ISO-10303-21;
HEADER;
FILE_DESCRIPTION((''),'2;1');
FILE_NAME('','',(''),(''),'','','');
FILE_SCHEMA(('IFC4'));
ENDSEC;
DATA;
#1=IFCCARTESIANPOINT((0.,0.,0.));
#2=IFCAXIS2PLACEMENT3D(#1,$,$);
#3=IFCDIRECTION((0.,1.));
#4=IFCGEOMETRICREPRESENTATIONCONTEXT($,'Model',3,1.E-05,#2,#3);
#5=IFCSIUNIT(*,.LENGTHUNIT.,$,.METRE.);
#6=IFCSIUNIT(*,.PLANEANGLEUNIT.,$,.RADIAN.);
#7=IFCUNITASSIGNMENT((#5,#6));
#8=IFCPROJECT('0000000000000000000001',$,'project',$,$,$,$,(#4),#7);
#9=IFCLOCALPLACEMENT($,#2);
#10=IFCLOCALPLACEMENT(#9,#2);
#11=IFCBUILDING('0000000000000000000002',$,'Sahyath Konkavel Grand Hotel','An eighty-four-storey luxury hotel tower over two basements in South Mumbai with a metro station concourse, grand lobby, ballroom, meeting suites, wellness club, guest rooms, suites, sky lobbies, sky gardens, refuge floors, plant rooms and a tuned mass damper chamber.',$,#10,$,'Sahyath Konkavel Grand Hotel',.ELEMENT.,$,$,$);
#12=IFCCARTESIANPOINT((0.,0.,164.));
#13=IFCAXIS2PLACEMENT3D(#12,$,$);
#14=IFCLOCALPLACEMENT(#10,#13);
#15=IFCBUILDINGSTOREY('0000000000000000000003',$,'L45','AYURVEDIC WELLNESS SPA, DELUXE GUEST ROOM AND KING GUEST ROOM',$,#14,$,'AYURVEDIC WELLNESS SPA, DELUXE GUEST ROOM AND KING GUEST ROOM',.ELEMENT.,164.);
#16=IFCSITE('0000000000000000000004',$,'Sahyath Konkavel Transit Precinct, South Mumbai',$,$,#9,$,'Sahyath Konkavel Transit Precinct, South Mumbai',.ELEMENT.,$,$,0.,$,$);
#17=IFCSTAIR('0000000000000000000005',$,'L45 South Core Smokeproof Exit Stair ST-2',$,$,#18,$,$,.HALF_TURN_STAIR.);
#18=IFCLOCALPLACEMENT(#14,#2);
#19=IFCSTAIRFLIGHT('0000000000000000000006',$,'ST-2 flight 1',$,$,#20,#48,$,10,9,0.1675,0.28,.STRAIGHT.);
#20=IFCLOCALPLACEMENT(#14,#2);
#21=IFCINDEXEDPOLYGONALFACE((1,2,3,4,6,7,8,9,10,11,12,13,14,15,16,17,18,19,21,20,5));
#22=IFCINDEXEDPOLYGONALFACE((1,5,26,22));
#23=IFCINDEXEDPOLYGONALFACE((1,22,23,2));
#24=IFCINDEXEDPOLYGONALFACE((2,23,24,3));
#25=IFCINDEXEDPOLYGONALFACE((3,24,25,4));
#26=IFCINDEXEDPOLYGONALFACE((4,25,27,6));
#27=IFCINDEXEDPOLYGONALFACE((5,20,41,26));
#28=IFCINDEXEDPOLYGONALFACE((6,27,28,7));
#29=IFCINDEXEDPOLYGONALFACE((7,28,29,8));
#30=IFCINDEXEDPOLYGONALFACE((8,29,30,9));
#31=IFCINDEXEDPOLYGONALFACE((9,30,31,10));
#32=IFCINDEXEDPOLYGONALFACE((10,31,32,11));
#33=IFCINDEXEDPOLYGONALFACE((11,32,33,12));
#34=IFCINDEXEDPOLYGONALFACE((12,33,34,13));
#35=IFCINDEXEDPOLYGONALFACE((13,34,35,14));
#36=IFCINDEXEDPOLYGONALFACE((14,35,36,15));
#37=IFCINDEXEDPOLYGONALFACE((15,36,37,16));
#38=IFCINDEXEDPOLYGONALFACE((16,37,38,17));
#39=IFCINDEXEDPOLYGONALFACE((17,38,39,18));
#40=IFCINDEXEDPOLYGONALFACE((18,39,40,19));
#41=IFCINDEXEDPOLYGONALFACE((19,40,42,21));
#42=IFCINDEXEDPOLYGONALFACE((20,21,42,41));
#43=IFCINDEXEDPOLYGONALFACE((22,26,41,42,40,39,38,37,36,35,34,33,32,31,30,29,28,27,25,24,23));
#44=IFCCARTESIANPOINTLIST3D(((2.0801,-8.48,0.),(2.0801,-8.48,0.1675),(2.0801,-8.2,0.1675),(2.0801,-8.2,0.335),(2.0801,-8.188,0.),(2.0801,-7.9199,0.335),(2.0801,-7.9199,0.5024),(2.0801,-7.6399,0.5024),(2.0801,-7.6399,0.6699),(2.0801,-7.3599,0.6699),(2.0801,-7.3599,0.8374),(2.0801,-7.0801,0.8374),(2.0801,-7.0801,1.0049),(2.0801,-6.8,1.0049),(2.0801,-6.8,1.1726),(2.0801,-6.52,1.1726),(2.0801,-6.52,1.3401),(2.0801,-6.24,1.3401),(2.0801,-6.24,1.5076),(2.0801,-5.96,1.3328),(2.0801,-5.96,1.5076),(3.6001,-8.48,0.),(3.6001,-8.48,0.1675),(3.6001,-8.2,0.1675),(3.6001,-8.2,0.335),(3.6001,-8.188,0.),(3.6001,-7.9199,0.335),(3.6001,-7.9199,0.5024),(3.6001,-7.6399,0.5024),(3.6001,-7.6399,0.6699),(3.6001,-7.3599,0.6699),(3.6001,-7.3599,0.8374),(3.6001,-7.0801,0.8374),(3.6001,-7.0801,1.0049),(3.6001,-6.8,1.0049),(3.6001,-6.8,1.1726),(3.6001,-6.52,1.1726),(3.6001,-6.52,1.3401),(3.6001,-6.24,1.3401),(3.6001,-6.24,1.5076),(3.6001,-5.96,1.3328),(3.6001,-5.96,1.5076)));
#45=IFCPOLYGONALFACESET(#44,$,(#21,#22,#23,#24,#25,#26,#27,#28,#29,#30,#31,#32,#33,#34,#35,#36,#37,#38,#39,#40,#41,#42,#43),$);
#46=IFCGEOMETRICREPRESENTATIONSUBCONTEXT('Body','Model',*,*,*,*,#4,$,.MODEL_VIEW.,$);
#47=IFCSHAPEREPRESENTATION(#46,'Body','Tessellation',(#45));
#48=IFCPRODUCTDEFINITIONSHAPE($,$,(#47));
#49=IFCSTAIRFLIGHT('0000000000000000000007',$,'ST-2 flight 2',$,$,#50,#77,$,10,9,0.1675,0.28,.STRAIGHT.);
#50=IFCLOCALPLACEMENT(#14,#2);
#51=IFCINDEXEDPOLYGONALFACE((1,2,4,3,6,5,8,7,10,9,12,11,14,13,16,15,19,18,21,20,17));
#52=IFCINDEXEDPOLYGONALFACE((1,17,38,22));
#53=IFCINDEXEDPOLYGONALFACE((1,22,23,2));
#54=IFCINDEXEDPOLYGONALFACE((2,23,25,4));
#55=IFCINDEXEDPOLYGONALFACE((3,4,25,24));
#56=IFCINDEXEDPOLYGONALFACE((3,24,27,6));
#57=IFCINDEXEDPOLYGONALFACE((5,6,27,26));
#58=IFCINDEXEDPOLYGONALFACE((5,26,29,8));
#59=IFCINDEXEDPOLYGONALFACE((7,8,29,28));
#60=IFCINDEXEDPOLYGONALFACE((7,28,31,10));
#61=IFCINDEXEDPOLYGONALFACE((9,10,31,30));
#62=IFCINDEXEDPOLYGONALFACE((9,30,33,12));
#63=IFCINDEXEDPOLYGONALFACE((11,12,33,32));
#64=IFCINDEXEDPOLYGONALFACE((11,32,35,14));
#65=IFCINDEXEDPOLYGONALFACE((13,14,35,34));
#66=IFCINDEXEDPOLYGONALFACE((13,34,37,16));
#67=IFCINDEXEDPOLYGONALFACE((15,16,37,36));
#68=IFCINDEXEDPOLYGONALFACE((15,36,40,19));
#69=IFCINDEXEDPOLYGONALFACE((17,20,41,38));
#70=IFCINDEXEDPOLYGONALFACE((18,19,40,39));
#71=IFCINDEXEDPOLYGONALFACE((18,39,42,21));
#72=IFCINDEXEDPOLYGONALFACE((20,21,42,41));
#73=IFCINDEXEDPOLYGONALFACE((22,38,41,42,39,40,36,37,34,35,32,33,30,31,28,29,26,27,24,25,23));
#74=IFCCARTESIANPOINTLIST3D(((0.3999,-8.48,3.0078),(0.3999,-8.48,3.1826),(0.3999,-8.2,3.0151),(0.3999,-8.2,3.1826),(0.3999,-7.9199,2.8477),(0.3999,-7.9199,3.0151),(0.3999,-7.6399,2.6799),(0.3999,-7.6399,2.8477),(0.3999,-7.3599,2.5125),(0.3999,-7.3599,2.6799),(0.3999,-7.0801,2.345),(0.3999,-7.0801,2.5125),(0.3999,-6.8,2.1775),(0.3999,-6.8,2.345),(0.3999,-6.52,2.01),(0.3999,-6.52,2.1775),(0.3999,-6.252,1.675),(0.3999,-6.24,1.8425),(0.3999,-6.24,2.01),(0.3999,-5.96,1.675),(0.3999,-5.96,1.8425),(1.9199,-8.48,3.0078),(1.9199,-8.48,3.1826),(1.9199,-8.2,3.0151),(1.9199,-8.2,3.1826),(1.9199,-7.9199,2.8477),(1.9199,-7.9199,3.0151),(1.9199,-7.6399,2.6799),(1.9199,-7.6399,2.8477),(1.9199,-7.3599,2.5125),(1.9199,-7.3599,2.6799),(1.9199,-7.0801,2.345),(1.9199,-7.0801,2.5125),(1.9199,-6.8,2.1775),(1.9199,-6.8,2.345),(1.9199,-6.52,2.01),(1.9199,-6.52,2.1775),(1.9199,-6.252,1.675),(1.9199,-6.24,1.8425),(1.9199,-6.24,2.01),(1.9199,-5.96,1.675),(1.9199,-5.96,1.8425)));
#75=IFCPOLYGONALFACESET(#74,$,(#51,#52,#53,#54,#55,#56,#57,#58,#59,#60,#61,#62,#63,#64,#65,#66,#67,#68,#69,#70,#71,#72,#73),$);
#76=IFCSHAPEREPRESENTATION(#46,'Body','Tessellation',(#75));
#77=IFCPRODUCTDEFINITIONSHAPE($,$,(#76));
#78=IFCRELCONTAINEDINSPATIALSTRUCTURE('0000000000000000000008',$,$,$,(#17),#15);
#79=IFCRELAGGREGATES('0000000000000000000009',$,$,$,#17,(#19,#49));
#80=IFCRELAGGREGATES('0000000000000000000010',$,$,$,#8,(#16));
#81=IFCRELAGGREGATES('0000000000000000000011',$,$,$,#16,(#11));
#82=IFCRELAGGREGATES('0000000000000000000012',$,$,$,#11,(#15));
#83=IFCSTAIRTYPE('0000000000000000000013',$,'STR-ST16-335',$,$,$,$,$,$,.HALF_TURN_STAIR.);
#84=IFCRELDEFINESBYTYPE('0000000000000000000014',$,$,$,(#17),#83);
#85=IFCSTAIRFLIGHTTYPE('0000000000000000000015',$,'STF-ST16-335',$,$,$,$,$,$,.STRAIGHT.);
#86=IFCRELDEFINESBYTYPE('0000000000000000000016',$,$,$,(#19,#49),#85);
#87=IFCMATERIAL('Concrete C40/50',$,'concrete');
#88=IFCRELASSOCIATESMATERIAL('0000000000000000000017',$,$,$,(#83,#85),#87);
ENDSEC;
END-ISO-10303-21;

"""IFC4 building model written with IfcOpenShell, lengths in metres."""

from ifc_helpers import new_model, si_unit, direction, frame, origin, place, context, subcontext, project, spatial, polyline, outline, extrude, material, type_object, element, aggregate, save


model = new_model("IFC4")

# Units and contexts
model_context = context("Model", 3, precision=1e-05, world=origin(), true_north=direction((0.0, 1.0)))
body_context = subcontext(model_context, "Body", "Model", "MODEL_VIEW")
ifc_project = project(units=[si_unit("LENGTHUNIT", "METRE"), si_unit("PLANEANGLEUNIT", "RADIAN")], contexts=[model_context])

# Site, building, storey
site_placement = place(None, origin())
site = spatial("IfcSite", under=ifc_project, at=site_placement, Name="Sahyath Konkavel Transit Precinct, South Mumbai", LongName="Sahyath Konkavel Transit Precinct, South Mumbai", CompositionType="ELEMENT", RefElevation=0.0)
building_placement = place(site_placement, origin())
building = spatial("IfcBuilding", under=site, at=building_placement, Name="Sahyath Konkavel Grand Hotel", Description="An eighty-four-storey luxury hotel tower over two basements in South Mumbai with a metro station concourse, grand lobby, ballroom, meeting suites, wellness club, guest rooms, suites, sky lobbies, sky gardens, refuge floors, plant rooms and a tuned mass damper chamber.", LongName="Sahyath Konkavel Grand Hotel", CompositionType="ELEMENT")
storey_placement = place(building_placement, frame((0.0, 0.0, 164.0)))
storey = spatial("IfcBuildingStorey", under=building, at=storey_placement, Name="L45", Description="AYURVEDIC WELLNESS SPA, DELUXE GUEST ROOM AND KING GUEST ROOM", LongName="AYURVEDIC WELLNESS SPA, DELUXE GUEST ROOM AND KING GUEST ROOM", CompositionType="ELEMENT", Elevation=164.0)

# Shared definitions
ifc_material_1 = material(Name="Concrete C40/50", Category="concrete")

# Stair, stair flights
stair_type = type_object("IfcStairType", Name="STR-ST16-335", PredefinedType="HALF_TURN_STAIR", material=ifc_material_1)
stair_placement = place(storey_placement, origin())
stair = element("IfcStair", 1, at=stair_placement, inside=storey, type_object=stair_type, Name="L45 South Core Smokeproof Exit Stair ST-2", PredefinedType="HALF_TURN_STAIR")
stair_flight_type = type_object("IfcStairFlightType", Name="STF-ST16-335", PredefinedType="STRAIGHT", material=ifc_material_1)
stair_flight_1_placement = place(storey_placement, frame((2.8401, -8.48, 0.0), z_axis=(0.0, 0.0, 1.0), x_axis=(0.0, 1.0, 0.0)))
stair_flight_1 = element("IfcStairFlight", 2, at=stair_flight_1_placement, type_object=stair_flight_type, Name="ST-2 flight 1", NumberOfRisers=10, NumberOfTreads=9, PredefinedType="STRAIGHT", RiserHeight=0.1675, TreadLength=0.28, context=body_context, shape_type="SweptSolid", body=[
    extrude(outline(polyline([(0.0, 0.0), (0.0, 0.1675), (0.28, 0.1675), (0.28, 0.335), (0.5601, 0.335), (0.5601, 0.5024), (0.8401, 0.5024), (0.8401, 0.6699), (1.1201, 0.6699), (1.1201, 0.8374), (1.3999, 0.8374), (1.3999, 1.0049), (1.6799, 1.0049), (1.6799, 1.1726), (1.96, 1.1726), (1.96, 1.3401), (2.24, 1.3401), (2.24, 1.5076), (2.52, 1.5076), (2.52, 1.675), (2.52, 1.3328), (0.292, 0.0), (0.0, 0.0)])), frame((0.0, 0.76, 0.0), z_axis=(0.0, -1.0, 0.0), x_axis=(1.0, 0.0, 0.0)), (0.0, 0.0, 1.0), 1.52),
])
stair_flight_2_placement = place(storey_placement, frame((1.1599, -5.96, 1.675), z_axis=(0.0, 0.0, 1.0), x_axis=(0.0, -1.0, 0.0)))
stair_flight_2 = element("IfcStairFlight", 3, at=stair_flight_2_placement, type_object=stair_flight_type, Name="ST-2 flight 2", NumberOfRisers=10, NumberOfTreads=9, PredefinedType="STRAIGHT", RiserHeight=0.1675, TreadLength=0.28, context=body_context, shape_type="SweptSolid", body=[
    extrude(outline(polyline([(0.0, 0.0), (0.0, 0.1675), (0.28, 0.1675), (0.28, 0.335), (0.5601, 0.335), (0.5601, 0.5024), (0.8401, 0.5024), (0.8401, 0.6699), (1.1201, 0.6699), (1.1201, 0.8374), (1.3999, 0.8374), (1.3999, 1.0049), (1.6799, 1.0049), (1.6799, 1.1726), (1.96, 1.1726), (1.96, 1.3401), (2.24, 1.3401), (2.24, 1.5076), (2.52, 1.5076), (2.52, 1.675), (2.52, 1.3328), (0.292, 0.0), (0.0, 0.0)])), frame((0.0, 0.76, 0.0), z_axis=(0.0, -1.0, 0.0), x_axis=(1.0, 0.0, 0.0)), (0.0, 0.0, 1.0), 1.52),
])
aggregate(stair, [stair_flight_1, stair_flight_2])

save(model, "model.ifc")
